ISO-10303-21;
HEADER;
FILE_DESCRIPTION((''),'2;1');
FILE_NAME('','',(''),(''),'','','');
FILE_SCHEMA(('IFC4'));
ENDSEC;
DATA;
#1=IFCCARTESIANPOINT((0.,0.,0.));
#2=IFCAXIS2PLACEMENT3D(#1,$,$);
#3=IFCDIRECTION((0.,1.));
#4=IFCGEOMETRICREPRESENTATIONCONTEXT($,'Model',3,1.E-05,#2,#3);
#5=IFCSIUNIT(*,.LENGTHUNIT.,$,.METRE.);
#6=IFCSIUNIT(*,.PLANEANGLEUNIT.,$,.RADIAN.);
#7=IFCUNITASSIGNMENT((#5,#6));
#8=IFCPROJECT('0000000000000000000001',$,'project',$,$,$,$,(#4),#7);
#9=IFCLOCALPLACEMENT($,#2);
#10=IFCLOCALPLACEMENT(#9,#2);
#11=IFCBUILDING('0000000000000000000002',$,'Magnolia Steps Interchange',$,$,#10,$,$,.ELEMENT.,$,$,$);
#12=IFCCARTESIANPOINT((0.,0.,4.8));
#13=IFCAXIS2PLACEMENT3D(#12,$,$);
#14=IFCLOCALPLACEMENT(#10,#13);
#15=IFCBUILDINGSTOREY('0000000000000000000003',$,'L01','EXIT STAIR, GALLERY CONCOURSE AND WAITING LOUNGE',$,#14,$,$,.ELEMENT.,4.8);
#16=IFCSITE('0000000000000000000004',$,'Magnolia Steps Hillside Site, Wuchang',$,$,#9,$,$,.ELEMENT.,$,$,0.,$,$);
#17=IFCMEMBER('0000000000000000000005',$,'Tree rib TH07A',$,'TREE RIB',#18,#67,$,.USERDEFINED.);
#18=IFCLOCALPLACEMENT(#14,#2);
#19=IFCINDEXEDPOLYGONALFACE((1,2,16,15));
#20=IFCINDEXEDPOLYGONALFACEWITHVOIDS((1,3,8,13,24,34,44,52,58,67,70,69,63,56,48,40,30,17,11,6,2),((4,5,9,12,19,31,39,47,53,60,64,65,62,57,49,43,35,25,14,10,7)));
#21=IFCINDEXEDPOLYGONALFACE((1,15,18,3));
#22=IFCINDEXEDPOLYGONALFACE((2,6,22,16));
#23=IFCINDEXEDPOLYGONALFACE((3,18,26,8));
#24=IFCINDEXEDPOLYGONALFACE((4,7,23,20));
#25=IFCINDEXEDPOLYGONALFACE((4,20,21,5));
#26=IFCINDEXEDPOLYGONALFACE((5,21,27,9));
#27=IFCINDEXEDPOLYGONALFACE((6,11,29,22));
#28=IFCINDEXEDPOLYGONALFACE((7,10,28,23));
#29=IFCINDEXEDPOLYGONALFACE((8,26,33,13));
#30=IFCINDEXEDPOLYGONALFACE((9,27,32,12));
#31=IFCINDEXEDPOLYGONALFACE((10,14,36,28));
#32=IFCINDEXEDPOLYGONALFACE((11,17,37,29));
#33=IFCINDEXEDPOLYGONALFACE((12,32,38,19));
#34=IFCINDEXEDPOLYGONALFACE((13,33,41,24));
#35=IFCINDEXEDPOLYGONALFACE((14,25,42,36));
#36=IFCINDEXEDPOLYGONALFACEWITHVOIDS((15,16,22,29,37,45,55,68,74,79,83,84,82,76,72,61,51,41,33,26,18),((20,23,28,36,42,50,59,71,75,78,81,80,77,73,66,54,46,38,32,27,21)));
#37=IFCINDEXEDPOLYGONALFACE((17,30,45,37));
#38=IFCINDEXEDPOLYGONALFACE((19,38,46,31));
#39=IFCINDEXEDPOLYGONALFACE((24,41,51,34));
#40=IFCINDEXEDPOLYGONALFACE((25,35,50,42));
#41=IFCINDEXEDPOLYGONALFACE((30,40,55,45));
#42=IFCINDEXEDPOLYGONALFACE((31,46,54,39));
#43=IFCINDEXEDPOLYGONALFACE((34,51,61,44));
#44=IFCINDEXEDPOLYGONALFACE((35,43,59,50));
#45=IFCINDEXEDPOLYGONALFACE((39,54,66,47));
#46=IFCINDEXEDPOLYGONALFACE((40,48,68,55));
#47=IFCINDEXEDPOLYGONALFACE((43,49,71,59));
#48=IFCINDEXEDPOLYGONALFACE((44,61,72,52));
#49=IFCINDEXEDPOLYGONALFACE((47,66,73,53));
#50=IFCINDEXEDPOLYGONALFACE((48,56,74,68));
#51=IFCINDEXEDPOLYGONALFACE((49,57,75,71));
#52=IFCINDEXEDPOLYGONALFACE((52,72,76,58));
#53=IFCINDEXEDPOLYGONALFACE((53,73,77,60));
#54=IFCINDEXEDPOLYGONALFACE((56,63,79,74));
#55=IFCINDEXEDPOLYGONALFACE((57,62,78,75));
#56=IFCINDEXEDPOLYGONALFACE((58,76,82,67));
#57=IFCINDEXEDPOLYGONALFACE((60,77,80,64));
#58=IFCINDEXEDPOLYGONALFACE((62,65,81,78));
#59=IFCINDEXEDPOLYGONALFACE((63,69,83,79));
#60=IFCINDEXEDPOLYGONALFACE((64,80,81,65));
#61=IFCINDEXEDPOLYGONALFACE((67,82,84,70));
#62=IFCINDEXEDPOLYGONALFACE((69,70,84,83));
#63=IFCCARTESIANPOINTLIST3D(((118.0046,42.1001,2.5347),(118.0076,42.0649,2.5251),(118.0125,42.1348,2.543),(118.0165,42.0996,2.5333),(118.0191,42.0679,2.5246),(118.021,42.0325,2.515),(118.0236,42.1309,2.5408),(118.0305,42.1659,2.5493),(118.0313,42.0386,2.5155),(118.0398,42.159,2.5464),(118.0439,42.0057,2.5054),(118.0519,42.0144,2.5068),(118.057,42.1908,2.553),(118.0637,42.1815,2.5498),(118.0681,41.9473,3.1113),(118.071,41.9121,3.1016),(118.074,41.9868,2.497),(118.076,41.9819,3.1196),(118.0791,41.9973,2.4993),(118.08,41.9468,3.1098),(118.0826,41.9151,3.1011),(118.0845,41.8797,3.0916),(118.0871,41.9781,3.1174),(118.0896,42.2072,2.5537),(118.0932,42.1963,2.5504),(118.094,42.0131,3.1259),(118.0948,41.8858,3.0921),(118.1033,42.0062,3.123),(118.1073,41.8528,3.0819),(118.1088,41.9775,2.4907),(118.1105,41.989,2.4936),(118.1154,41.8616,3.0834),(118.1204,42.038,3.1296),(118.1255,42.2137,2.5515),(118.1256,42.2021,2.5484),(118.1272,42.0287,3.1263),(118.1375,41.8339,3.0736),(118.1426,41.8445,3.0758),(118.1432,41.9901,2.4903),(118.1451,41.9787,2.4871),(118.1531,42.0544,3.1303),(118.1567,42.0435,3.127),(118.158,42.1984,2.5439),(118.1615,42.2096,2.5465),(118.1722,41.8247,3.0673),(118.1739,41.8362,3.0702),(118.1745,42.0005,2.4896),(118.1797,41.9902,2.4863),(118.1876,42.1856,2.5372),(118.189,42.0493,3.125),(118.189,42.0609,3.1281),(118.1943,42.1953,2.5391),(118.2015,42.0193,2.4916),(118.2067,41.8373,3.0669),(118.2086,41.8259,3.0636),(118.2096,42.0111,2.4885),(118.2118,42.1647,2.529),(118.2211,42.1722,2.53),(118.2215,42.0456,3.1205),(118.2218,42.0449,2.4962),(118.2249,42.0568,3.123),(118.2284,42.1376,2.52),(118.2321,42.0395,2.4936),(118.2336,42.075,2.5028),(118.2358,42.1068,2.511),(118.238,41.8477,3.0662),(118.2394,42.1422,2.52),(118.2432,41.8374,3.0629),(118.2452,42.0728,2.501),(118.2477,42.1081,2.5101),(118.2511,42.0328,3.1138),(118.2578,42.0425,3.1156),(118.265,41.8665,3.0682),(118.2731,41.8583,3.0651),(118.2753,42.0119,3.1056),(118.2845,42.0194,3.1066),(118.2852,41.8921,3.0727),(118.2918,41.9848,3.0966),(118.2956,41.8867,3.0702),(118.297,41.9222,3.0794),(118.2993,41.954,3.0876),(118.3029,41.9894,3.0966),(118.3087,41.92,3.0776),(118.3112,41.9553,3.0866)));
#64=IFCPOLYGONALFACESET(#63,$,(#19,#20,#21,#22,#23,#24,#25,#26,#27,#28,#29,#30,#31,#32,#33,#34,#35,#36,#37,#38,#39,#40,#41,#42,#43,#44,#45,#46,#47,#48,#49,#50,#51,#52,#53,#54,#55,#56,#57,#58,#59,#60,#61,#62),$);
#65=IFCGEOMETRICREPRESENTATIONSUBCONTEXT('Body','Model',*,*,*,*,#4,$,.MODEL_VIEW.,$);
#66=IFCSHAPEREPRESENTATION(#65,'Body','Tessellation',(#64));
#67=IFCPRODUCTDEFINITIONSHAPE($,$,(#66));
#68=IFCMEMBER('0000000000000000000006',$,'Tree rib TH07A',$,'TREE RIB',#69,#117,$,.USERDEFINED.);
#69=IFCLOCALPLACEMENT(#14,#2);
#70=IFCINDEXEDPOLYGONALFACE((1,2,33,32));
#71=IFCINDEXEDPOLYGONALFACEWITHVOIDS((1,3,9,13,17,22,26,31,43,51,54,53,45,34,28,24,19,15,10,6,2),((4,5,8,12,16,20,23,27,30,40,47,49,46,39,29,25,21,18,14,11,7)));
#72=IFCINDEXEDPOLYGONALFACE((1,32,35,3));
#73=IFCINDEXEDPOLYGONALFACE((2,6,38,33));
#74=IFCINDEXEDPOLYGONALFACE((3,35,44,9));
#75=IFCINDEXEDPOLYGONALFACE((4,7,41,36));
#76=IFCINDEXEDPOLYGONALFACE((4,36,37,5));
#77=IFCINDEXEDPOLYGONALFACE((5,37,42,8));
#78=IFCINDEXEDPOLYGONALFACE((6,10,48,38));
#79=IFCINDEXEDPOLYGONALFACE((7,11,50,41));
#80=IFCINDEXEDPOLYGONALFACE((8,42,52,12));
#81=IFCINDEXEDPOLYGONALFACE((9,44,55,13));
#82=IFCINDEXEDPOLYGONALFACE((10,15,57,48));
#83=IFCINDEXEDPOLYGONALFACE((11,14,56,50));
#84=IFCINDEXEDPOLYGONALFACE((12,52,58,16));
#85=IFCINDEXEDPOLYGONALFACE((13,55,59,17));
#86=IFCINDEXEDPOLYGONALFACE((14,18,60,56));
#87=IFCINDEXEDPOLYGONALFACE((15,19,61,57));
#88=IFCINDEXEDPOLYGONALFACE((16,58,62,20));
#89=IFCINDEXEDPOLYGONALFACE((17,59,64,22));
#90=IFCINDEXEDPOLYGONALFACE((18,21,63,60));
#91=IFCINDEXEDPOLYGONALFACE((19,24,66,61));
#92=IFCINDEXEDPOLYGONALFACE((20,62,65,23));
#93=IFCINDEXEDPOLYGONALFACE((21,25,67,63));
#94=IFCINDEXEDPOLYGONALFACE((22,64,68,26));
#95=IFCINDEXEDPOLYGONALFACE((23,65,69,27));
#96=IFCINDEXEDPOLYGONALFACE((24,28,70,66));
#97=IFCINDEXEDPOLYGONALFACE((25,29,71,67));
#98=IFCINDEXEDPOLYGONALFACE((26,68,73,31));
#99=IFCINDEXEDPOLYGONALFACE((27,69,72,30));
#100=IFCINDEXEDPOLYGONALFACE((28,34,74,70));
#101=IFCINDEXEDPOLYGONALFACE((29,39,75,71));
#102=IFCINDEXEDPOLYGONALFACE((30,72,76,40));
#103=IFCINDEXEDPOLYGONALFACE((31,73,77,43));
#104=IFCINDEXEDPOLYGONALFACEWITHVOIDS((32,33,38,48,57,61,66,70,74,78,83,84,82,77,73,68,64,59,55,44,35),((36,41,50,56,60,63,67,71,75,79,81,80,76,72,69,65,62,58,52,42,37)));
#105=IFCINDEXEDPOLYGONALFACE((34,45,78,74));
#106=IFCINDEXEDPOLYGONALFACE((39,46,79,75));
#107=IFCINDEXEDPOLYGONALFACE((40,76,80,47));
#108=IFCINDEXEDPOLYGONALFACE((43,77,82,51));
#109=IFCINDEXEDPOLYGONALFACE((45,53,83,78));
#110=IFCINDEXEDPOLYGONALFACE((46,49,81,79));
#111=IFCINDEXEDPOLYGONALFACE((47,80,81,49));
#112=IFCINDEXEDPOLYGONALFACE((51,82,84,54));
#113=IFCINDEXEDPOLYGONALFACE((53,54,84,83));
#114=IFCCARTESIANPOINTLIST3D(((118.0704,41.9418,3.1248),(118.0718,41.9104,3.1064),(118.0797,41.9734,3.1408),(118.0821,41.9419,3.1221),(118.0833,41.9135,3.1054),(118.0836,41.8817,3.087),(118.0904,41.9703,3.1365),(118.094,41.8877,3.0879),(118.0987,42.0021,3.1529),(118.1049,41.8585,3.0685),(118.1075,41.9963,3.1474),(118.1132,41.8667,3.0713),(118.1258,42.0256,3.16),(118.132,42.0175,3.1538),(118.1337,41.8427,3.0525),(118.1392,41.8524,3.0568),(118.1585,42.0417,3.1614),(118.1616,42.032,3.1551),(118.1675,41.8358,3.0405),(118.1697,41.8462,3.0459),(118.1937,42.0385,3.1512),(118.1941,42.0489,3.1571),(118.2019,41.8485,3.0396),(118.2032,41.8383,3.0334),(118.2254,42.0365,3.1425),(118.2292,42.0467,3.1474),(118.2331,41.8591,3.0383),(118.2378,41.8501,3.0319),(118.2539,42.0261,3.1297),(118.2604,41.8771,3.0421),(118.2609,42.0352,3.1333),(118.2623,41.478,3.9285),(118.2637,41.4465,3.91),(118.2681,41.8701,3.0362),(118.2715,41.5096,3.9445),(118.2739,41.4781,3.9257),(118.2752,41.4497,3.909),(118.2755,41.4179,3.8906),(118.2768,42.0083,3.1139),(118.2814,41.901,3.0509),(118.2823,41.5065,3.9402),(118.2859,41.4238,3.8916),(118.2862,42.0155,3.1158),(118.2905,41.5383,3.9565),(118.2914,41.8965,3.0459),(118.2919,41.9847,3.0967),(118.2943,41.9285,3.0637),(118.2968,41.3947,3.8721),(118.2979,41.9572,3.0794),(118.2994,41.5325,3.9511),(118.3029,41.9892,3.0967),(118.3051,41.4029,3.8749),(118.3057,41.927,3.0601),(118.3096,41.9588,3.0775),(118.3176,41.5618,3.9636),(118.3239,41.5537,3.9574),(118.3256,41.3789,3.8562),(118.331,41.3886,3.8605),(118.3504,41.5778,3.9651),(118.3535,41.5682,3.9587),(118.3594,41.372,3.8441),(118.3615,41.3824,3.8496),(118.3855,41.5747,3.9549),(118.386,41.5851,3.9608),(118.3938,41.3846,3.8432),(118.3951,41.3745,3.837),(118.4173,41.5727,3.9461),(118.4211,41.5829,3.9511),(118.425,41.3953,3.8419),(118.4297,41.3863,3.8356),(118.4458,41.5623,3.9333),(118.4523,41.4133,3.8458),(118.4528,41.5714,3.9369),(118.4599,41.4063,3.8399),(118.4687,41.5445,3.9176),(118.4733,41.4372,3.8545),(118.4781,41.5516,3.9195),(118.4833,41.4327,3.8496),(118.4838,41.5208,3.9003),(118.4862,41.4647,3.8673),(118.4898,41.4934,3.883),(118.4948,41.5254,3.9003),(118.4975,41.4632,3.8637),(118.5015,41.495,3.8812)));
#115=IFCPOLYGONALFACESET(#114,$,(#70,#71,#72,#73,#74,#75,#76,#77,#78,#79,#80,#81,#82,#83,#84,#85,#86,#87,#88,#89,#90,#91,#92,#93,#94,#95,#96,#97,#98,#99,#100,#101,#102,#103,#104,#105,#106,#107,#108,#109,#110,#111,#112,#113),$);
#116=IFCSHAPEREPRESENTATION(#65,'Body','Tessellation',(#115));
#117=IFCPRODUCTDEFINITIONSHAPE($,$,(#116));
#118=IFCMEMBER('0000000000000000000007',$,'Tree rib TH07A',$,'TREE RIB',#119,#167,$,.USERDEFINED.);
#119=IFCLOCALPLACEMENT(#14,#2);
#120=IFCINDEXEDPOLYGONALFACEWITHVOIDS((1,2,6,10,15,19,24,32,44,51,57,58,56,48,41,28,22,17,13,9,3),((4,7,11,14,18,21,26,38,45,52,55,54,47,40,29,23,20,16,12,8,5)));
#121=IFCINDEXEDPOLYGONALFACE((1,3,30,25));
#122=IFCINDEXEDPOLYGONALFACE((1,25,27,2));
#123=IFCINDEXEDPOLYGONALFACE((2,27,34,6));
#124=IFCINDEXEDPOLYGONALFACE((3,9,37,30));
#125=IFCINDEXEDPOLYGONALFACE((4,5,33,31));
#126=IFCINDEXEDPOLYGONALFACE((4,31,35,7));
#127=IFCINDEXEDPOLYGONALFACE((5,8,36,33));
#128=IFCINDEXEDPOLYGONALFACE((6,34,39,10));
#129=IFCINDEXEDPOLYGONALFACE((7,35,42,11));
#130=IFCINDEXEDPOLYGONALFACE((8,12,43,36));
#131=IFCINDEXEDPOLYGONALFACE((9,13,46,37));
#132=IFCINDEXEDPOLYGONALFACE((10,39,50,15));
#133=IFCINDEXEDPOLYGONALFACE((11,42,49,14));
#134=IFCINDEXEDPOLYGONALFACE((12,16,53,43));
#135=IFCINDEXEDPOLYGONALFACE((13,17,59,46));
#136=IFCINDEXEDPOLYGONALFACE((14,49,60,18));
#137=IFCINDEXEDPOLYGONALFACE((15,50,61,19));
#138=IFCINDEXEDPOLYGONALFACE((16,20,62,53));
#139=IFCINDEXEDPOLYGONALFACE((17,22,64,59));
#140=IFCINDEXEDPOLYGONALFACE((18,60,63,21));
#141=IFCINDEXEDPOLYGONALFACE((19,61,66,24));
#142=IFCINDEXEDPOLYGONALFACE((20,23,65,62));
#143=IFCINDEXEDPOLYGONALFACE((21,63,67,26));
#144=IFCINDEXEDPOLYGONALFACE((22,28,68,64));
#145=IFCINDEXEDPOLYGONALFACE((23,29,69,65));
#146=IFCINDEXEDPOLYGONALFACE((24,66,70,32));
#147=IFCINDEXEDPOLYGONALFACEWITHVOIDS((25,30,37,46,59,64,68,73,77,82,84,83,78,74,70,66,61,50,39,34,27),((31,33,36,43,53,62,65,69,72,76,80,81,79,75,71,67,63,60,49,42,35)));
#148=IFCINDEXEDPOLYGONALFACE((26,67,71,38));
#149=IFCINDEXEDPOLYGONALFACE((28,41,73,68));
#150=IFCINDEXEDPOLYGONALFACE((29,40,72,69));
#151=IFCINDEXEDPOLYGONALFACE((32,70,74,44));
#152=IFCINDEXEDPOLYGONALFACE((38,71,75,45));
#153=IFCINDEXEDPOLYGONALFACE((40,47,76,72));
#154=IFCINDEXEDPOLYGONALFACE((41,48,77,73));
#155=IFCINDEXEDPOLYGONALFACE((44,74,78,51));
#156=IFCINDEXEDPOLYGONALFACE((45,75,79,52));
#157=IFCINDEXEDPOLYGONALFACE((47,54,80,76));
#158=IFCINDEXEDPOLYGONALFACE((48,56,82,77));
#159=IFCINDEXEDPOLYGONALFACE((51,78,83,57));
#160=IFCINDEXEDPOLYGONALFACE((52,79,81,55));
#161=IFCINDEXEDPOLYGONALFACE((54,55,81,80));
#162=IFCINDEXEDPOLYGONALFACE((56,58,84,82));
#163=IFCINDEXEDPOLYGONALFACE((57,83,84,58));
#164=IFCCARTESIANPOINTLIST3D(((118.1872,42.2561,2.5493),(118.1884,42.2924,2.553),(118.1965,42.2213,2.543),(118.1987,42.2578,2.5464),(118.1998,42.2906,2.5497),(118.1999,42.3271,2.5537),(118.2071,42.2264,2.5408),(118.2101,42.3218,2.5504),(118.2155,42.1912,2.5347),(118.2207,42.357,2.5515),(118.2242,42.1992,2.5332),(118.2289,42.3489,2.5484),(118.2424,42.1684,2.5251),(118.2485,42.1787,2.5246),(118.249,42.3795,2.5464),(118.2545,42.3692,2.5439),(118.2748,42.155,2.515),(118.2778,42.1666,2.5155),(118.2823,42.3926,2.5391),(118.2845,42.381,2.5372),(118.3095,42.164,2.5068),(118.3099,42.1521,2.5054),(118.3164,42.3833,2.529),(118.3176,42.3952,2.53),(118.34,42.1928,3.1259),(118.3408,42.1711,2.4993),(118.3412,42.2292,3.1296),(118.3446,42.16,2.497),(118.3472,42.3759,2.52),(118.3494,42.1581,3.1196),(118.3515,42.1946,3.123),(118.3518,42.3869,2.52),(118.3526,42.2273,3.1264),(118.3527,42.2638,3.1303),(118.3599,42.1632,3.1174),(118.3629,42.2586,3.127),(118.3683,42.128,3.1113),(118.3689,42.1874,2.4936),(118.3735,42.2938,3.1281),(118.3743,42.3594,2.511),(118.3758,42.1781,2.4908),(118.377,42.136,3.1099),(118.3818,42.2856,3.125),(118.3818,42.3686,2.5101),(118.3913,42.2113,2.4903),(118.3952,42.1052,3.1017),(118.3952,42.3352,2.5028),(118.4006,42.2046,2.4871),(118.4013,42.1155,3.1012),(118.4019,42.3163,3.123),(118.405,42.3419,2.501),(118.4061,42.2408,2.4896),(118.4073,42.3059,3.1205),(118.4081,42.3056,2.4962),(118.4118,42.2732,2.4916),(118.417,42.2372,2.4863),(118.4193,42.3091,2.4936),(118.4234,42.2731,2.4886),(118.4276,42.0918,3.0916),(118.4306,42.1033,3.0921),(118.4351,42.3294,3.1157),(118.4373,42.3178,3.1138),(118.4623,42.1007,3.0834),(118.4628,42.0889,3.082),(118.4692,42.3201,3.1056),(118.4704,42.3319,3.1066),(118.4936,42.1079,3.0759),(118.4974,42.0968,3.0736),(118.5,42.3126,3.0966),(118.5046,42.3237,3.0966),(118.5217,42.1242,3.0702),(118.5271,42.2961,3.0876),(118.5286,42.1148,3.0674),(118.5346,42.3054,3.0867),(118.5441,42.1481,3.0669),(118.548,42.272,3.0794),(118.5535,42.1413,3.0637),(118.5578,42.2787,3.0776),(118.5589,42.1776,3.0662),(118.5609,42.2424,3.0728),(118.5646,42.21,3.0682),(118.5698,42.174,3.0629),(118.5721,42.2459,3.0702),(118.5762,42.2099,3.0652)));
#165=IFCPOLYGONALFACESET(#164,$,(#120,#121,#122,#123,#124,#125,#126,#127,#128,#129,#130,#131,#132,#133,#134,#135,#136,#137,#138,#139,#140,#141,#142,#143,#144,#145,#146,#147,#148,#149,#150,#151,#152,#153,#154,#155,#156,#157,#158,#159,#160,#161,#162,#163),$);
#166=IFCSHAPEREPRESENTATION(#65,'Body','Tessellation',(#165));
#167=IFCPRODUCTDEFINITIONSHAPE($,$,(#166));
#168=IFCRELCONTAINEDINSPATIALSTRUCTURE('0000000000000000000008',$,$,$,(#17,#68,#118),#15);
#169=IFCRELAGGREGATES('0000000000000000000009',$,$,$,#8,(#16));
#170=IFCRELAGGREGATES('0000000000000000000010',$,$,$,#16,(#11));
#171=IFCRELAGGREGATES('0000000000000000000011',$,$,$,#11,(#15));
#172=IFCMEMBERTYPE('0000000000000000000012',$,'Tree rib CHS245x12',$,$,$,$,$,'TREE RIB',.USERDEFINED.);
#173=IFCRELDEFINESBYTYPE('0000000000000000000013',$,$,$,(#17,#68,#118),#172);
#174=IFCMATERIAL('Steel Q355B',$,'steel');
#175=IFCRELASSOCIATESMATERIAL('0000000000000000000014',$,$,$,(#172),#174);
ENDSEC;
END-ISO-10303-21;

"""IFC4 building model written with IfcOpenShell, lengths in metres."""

from ifc_helpers import new_model, si_unit, direction, frame, origin, origin_2d, place, context, subcontext, project, spatial, hollow_circle, extrude, material, material_profile, profile_set, type_object, element, save


model = new_model("IFC4")

# Units and contexts
model_context = context("Model", 3, precision=1e-05, world=origin(), true_north=direction((0.0, 1.0)))
body_context = subcontext(model_context, "Body", "Model", "MODEL_VIEW")
ifc_project = project(units=[si_unit("LENGTHUNIT", "METRE"), si_unit("PLANEANGLEUNIT", "RADIAN")], contexts=[model_context])

# Site, building, storey
site_placement = place(None, origin())
site = spatial("IfcSite", under=ifc_project, at=site_placement, Name="Magnolia Steps Hillside Site, Wuchang", CompositionType="ELEMENT", RefElevation=0.0)
building_placement = place(site_placement, origin())
building = spatial("IfcBuilding", under=site, at=building_placement, Name="Magnolia Steps Interchange", CompositionType="ELEMENT")
storey_placement = place(building_placement, frame((0.0, 0.0, 4.8)))
storey = spatial("IfcBuildingStorey", under=building, at=storey_placement, Name="L01", Description="EXIT STAIR, GALLERY CONCOURSE AND WAITING LOUNGE", CompositionType="ELEMENT", Elevation=4.8)

# Members
ifc_material_1 = material(Name="Steel Q355B", Category="steel")
ifc_material_profile_1 = material_profile(ifc_material_1, hollow_circle(Radius=0.1226, WallThickness=0.012, at=origin_2d()), Name="CHS245x12")
ifc_profile_set_1 = profile_set([ifc_material_profile_1], Name="Steel Q355B")
member_type = type_object("IfcMemberType", Name="Tree rib CHS245x12", ElementType="TREE RIB", PredefinedType="USERDEFINED", material=ifc_profile_set_1)
member_1_placement = place(storey_placement, frame((118.1262, 42.0952, 2.52), z_axis=(0.105805, -0.254747, 0.961202), x_axis=(0.923513, 0.383568, 0.0)))
element("IfcMember", 1, at=member_1_placement, inside=storey, type_object=member_type, Name="Tree rib TH07A", ObjectType="TREE RIB", PredefinedType="USERDEFINED", context=body_context, shape_type="SweptSolid", body=[
    extrude(hollow_circle(Radius=0.1226, WallThickness=0.012, at=origin_2d()), origin(), (0.0, 0.0, 1.0), 0.5999),
])
member_2_placement = place(storey_placement, frame((118.1897, 41.9424, 3.0967), z_axis=(0.202506, -0.489517, 0.848153), x_axis=(0.924052, 0.382266, 0.0)))
element("IfcMember", 2, at=member_2_placement, inside=storey, type_object=member_type, Name="Tree rib TH07A", ObjectType="TREE RIB", PredefinedType="USERDEFINED", context=body_context, shape_type="SweptSolid", body=[
    extrude(hollow_circle(Radius=0.1226, WallThickness=0.012, at=origin_2d()), origin(), (0.0, 0.0, 1.0), 0.9475),
])
member_3_placement = place(storey_placement, frame((118.3049, 42.2737, 2.52), z_axis=(0.254758, -0.105403, 0.961243), x_axis=(0.382308, 0.924035, 0.0)))
element("IfcMember", 3, at=member_3_placement, inside=storey, type_object=member_type, Name="Tree rib TH07A", ObjectType="TREE RIB", PredefinedType="USERDEFINED", context=body_context, shape_type="SweptSolid", body=[
    extrude(hollow_circle(Radius=0.1226, WallThickness=0.012, at=origin_2d()), origin(), (0.0, 0.0, 1.0), 0.5999),
])

save(model, "model.ifc")
